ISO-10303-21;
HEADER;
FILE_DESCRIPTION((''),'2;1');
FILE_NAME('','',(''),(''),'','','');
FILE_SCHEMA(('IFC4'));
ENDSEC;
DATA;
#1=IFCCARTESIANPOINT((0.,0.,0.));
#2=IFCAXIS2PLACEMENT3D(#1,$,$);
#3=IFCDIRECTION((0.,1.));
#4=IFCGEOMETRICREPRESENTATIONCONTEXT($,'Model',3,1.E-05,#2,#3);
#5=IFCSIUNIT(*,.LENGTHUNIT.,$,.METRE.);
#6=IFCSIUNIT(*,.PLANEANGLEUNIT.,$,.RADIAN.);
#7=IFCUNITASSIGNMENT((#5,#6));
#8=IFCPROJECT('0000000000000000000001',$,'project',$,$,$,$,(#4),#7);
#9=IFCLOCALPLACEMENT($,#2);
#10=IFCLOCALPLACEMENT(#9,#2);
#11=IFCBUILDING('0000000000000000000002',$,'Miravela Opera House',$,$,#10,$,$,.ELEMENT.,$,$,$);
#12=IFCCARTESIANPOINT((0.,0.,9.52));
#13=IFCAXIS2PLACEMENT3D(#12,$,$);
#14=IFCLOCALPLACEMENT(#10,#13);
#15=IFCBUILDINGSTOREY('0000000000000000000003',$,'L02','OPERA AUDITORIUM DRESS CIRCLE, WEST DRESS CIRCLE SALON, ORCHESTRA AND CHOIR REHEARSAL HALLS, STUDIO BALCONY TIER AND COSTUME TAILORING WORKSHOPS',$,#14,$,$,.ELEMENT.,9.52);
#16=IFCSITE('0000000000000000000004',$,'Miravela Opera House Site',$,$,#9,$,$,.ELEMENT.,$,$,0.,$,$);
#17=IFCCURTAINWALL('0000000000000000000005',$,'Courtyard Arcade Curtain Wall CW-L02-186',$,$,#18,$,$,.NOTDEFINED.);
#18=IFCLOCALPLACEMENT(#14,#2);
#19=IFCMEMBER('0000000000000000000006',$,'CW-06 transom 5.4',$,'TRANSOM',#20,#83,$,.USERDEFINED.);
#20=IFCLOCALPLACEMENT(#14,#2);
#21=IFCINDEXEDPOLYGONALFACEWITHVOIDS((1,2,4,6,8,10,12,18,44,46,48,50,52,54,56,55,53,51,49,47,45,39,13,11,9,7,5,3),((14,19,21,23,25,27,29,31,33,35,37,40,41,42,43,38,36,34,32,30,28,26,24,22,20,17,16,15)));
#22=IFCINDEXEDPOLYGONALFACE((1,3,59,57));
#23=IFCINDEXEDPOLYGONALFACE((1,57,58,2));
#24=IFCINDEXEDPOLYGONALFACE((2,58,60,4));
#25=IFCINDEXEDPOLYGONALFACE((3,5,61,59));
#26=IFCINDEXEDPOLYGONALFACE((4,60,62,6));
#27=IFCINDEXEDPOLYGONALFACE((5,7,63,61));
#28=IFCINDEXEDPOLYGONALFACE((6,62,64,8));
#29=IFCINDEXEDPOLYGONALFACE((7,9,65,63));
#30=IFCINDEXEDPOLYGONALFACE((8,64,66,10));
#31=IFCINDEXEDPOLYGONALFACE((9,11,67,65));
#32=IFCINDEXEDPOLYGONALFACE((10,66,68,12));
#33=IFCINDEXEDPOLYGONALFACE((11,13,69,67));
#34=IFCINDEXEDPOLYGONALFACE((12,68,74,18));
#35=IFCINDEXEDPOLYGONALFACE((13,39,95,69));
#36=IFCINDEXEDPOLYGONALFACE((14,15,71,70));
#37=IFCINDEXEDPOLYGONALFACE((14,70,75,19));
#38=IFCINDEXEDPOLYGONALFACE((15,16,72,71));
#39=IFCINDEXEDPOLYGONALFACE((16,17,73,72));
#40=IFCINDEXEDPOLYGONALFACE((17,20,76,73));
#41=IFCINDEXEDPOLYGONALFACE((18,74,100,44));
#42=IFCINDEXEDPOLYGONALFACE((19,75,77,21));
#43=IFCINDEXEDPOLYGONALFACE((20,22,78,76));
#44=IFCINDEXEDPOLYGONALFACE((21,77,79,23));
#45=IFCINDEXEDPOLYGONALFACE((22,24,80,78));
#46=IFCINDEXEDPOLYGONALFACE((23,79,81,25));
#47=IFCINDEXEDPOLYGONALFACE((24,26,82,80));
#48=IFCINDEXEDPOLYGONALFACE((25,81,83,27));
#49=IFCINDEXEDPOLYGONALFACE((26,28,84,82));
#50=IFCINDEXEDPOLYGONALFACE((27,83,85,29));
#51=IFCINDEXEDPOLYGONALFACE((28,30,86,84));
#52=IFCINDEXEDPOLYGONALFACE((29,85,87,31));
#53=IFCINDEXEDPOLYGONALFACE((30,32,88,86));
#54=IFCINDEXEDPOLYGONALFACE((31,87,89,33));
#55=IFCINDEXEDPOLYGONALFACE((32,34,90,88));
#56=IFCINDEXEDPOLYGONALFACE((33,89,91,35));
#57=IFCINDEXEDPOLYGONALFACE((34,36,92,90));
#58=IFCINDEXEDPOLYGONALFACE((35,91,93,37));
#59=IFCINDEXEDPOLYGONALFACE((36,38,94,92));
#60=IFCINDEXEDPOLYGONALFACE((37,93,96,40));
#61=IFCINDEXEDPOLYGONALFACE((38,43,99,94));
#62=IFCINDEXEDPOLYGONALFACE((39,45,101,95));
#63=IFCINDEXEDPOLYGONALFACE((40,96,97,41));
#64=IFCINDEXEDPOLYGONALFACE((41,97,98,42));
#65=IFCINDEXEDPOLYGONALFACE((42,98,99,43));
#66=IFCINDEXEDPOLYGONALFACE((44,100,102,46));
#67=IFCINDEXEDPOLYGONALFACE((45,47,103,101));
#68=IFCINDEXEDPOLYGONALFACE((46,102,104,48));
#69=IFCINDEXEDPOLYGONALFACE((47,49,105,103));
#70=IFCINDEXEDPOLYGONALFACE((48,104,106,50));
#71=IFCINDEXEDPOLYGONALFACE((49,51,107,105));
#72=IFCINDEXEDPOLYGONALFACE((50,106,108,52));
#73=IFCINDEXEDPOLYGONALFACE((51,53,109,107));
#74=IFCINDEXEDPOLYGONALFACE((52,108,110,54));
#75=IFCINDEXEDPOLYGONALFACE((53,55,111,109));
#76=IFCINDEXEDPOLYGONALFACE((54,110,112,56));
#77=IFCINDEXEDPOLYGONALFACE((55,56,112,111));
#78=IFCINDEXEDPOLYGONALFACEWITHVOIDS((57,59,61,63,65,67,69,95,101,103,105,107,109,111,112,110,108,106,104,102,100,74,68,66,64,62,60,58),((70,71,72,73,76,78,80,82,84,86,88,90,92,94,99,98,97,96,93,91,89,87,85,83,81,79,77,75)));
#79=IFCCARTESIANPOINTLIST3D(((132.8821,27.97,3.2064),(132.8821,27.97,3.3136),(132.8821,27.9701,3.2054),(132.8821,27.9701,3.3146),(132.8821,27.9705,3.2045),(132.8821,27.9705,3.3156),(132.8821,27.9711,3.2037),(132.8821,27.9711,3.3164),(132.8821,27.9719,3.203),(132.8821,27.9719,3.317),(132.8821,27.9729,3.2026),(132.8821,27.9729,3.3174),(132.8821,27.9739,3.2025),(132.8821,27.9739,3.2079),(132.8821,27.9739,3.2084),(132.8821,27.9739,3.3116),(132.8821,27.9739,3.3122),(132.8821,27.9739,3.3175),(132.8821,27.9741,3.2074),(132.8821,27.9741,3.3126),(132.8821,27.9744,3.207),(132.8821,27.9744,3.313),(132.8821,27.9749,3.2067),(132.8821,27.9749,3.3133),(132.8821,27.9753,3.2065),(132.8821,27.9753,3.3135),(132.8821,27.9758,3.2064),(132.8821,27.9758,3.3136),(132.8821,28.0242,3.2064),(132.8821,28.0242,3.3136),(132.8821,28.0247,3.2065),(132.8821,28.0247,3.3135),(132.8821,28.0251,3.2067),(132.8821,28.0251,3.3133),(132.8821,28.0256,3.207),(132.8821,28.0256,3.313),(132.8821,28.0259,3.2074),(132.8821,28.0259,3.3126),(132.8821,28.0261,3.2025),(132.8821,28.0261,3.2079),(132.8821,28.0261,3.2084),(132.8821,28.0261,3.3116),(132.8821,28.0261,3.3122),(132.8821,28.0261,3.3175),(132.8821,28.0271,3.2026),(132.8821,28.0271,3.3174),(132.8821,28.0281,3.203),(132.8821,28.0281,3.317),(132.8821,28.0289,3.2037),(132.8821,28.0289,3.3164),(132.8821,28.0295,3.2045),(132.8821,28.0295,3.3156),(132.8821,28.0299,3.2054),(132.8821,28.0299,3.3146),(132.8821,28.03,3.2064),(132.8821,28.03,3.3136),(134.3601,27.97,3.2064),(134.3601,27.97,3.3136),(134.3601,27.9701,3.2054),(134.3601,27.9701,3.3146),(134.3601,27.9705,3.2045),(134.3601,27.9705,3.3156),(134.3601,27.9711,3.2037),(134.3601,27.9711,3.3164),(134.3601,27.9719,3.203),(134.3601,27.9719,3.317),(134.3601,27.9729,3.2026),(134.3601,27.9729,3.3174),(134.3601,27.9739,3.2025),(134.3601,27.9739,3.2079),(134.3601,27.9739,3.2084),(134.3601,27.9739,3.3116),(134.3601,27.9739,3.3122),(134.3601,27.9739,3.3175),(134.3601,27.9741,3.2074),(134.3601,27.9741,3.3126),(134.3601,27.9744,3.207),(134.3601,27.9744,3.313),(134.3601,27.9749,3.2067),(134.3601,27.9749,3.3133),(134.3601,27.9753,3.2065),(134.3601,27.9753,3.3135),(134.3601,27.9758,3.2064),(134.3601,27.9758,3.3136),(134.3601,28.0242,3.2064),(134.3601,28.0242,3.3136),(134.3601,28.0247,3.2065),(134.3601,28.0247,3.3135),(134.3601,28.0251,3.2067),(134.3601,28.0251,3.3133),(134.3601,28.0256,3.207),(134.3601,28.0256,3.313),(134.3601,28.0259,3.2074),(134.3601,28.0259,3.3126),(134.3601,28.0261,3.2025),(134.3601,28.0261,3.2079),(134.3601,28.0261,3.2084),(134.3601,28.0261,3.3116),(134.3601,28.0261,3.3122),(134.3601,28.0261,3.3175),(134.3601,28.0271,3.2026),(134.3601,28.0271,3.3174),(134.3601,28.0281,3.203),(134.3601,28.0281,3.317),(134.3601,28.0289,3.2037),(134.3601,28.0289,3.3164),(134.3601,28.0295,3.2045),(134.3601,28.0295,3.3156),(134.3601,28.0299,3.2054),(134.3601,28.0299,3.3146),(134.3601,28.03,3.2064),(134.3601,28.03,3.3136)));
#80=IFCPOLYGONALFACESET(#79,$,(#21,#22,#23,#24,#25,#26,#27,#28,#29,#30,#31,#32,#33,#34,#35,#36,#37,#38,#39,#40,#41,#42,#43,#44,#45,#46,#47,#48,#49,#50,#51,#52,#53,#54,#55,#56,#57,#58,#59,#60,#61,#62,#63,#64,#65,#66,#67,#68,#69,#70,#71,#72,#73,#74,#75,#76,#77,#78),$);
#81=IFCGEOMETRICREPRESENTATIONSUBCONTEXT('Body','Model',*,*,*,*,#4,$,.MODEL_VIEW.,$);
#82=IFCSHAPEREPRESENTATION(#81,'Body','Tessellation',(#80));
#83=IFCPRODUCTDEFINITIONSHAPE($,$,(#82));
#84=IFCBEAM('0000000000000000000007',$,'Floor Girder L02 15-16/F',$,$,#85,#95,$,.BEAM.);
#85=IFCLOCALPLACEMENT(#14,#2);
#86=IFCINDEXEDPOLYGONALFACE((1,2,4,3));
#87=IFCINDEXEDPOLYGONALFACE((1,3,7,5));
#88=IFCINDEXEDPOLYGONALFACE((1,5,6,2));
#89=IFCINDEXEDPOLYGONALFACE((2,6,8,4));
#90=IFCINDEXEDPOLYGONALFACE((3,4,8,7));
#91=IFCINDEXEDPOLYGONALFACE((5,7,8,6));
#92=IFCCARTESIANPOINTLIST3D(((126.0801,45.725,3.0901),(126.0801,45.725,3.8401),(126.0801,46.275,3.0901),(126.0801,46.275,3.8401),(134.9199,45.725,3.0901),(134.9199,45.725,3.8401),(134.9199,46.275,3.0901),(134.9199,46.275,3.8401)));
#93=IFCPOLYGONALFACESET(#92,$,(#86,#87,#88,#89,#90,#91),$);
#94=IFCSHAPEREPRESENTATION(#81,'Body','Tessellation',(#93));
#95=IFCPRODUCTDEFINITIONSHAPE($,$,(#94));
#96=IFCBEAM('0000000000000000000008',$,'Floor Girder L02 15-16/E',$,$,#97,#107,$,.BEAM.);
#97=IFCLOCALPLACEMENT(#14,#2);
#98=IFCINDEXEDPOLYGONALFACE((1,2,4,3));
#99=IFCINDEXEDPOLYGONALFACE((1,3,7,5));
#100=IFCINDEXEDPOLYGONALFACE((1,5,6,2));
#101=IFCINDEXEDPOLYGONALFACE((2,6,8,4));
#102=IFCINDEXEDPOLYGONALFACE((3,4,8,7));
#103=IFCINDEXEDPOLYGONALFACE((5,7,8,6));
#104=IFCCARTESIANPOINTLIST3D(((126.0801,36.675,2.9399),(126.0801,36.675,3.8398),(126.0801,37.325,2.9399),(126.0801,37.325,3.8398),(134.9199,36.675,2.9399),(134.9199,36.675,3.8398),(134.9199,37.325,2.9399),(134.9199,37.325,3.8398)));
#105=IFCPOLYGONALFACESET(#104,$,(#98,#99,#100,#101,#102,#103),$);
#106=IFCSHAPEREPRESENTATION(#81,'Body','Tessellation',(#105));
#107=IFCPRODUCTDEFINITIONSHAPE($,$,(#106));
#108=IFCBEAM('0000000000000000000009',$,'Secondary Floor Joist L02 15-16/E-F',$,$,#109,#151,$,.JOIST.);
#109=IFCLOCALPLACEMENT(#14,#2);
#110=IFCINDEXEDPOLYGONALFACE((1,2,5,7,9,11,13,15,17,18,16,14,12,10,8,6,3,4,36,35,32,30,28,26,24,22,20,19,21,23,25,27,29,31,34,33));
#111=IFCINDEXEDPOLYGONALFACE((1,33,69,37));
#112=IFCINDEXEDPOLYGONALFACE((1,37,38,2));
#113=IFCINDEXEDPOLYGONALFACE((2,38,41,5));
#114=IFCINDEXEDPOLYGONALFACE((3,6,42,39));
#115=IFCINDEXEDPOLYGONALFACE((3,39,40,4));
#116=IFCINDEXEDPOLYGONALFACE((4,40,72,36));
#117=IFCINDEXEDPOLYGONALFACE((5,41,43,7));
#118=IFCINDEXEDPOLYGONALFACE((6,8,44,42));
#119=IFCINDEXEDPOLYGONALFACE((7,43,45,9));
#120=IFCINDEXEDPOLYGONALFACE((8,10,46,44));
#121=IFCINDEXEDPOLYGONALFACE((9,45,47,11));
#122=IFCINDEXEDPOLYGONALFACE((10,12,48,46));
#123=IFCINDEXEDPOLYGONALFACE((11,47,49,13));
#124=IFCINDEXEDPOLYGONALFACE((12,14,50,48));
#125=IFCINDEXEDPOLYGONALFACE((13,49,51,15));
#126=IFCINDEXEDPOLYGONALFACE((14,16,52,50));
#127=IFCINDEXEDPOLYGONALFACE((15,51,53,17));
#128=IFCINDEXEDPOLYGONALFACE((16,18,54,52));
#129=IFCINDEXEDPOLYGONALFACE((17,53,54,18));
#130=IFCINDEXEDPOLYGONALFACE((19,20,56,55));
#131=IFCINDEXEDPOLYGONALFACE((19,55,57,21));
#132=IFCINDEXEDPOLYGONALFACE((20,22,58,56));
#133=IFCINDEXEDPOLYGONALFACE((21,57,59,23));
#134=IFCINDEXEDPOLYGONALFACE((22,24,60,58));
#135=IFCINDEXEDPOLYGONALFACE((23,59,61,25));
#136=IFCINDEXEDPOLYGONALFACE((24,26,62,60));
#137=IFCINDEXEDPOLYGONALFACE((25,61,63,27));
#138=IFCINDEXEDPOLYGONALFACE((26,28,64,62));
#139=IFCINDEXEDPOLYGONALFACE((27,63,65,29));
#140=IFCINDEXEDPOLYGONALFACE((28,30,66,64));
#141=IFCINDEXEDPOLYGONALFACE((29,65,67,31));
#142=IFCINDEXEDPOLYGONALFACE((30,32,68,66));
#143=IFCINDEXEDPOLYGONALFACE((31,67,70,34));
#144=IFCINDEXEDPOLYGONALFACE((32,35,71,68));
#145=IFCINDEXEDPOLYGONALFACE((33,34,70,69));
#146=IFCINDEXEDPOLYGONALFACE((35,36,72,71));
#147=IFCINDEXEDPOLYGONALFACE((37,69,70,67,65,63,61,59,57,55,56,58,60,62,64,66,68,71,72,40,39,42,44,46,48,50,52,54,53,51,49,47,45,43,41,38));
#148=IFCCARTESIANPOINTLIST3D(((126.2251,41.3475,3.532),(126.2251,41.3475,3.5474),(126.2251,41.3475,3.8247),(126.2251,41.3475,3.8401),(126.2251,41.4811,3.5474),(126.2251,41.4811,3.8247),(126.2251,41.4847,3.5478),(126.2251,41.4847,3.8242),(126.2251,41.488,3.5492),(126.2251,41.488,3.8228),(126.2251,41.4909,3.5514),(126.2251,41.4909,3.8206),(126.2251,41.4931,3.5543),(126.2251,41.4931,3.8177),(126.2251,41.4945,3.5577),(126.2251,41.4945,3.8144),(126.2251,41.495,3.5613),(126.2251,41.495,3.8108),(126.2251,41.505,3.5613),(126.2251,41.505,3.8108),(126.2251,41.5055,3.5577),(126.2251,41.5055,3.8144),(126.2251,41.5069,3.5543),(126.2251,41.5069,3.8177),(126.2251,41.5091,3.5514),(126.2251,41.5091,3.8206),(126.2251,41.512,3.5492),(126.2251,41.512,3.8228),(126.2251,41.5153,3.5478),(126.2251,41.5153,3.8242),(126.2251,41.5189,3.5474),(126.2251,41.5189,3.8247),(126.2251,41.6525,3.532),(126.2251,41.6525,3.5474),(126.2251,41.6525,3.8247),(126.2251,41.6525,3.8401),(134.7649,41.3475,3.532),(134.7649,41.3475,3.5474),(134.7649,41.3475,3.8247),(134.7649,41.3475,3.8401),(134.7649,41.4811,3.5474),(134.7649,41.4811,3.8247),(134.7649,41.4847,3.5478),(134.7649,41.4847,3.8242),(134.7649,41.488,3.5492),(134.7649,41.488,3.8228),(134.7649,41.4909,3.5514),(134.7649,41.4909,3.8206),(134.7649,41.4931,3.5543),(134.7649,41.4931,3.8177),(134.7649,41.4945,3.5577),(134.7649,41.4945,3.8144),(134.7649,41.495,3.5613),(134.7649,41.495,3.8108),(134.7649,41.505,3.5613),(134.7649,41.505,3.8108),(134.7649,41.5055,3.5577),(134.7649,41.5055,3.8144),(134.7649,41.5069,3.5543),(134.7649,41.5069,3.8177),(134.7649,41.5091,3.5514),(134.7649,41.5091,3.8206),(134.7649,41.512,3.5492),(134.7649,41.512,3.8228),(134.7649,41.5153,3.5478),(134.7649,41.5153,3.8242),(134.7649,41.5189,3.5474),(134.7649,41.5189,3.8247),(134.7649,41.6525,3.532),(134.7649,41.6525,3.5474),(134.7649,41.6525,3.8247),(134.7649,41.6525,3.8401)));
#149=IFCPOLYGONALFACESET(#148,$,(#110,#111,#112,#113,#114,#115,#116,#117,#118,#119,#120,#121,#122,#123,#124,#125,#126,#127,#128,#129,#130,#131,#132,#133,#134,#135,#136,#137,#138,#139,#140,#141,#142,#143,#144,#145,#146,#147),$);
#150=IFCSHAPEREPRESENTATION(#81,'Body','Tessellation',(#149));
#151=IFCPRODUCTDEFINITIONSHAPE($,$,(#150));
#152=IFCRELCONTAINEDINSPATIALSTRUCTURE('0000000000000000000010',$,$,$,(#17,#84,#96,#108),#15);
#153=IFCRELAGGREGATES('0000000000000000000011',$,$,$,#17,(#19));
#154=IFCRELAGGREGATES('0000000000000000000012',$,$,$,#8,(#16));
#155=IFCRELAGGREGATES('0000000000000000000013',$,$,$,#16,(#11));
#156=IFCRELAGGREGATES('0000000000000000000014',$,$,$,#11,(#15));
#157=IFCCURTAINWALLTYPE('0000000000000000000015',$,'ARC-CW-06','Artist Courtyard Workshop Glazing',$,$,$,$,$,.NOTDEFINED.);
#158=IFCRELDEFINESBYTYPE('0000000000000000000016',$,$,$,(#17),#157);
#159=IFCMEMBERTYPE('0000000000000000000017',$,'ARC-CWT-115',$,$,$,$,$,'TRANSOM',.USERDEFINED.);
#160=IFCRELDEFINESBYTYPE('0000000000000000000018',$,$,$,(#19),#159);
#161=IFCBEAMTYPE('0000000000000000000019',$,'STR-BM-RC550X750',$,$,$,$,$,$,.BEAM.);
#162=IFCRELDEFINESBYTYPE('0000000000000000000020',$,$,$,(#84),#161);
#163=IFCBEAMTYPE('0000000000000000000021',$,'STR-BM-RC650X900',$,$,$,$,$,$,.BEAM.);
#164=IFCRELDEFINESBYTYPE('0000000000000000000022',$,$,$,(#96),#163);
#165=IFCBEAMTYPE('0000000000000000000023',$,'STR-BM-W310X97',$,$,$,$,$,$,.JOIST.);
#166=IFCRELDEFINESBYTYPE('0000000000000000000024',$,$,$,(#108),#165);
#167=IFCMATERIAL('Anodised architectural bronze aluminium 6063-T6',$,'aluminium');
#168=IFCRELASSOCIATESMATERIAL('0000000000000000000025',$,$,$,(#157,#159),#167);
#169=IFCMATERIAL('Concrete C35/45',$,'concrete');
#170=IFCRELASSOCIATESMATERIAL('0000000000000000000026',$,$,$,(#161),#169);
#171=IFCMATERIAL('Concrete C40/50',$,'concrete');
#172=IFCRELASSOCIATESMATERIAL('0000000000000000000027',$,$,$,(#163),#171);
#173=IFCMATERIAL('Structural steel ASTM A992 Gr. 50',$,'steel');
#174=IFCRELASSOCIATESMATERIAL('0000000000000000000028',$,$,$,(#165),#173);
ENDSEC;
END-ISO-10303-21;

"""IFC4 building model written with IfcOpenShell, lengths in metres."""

from ifc_helpers import new_model, si_unit, direction, frame, origin, origin_2d, place, context, subcontext, project, spatial, rectangle, hollow_rectangle, i_section, extrude, material, material_profile, profile_set, type_object, element, aggregate, save


model = new_model("IFC4")

# Units and contexts
model_context = context("Model", 3, precision=1e-05, world=origin(), true_north=direction((0.0, 1.0)))
body_context = subcontext(model_context, "Body", "Model", "MODEL_VIEW")
ifc_project = project(units=[si_unit("LENGTHUNIT", "METRE"), si_unit("PLANEANGLEUNIT", "RADIAN")], contexts=[model_context])

# Site, building, storey
site_placement = place(None, origin())
site = spatial("IfcSite", under=ifc_project, at=site_placement, Name="Miravela Opera House Site", CompositionType="ELEMENT", RefElevation=0.0)
building_placement = place(site_placement, origin())
building = spatial("IfcBuilding", under=site, at=building_placement, Name="Miravela Opera House", CompositionType="ELEMENT")
storey_placement = place(building_placement, frame((0.0, 0.0, 9.52)))
storey = spatial("IfcBuildingStorey", under=building, at=storey_placement, Name="L02", Description="OPERA AUDITORIUM DRESS CIRCLE, WEST DRESS CIRCLE SALON, ORCHESTRA AND CHOIR REHEARSAL HALLS, STUDIO BALCONY TIER AND COSTUME TAILORING WORKSHOPS", CompositionType="ELEMENT", Elevation=9.52)

# Shared definitions
ifc_material_1 = material(Name="Concrete C35/45", Category="concrete")

# Curtain wall, member
ifc_material_2 = material(Name="Anodised architectural bronze aluminium 6063-T6", Category="aluminium")
curtain_wall_type = type_object("IfcCurtainWallType", Name="ARC-CW-06", Description="Artist Courtyard Workshop Glazing", PredefinedType="NOTDEFINED", material=ifc_material_2)
curtain_wall_placement = place(storey_placement, origin())
curtain_wall = element("IfcCurtainWall", 1, at=curtain_wall_placement, inside=storey, type_object=curtain_wall_type, Name="Courtyard Arcade Curtain Wall CW-L02-186", PredefinedType="NOTDEFINED")
ifc_material_profile_1 = material_profile(ifc_material_2, hollow_rectangle(XDim=0.0601, YDim=0.115, WallThickness=0.0039, InnerFilletRadius=0.002, OuterFilletRadius=0.0039, at=origin_2d()), Name="CWT-60X115")
ifc_profile_set_1 = profile_set([ifc_material_profile_1])
member_type_1 = type_object("IfcMemberType", Name="ARC-CWT-115", ElementType="TRANSOM", PredefinedType="USERDEFINED", material=ifc_profile_set_1)
member_1_placement = place(storey_placement, frame((132.8821, 28.0, 3.26), z_axis=(1.0, 0.0, 0.0), x_axis=(0.0, 1.0, 0.0)))
member_1 = element("IfcMember", 2, at=member_1_placement, type_object=member_type_1, Name="CW-06 transom 5.4", ObjectType="TRANSOM", PredefinedType="USERDEFINED", context=body_context, shape_type="SweptSolid", body=[
    extrude(hollow_rectangle(XDim=0.0601, YDim=0.115, WallThickness=0.0039, InnerFilletRadius=0.002, OuterFilletRadius=0.0039, at=origin_2d()), origin(), (0.0, 0.0, 1.0), 1.478),
])

# Beams
ifc_material_profile_2 = material_profile(ifc_material_1, rectangle(XDim=0.55, YDim=0.75, at=origin_2d()), Name="RC-BM-550X750")
ifc_profile_set_2 = profile_set([ifc_material_profile_2])
beam_type_1 = type_object("IfcBeamType", Name="STR-BM-RC550X750", PredefinedType="BEAM", material=ifc_profile_set_2)
beam_1_placement = place(storey_placement, frame((126.0801, 46.0, 3.4651), z_axis=(1.0, 0.0, 0.0), x_axis=(0.0, 1.0, 0.0)))
element("IfcBeam", 3, at=beam_1_placement, inside=storey, type_object=beam_type_1, Name="Floor Girder L02 15-16/F", PredefinedType="BEAM", context=body_context, shape_type="SweptSolid", body=[
    extrude(rectangle(XDim=0.55, YDim=0.75, at=origin_2d()), origin(), (0.0, 0.0, 1.0), 8.8398),
])
ifc_material_3 = material(Name="Concrete C40/50", Category="concrete")
ifc_material_profile_3 = material_profile(ifc_material_3, rectangle(XDim=0.6499, YDim=0.8999, at=origin_2d()), Name="RC-BM-650X900")
ifc_profile_set_3 = profile_set([ifc_material_profile_3])
beam_type_2 = type_object("IfcBeamType", Name="STR-BM-RC650X900", PredefinedType="BEAM", material=ifc_profile_set_3)
beam_2_placement = place(storey_placement, frame((126.0801, 37.0, 3.3899), z_axis=(1.0, 0.0, 0.0), x_axis=(0.0, 1.0, 0.0)))
element("IfcBeam", 4, at=beam_2_placement, inside=storey, type_object=beam_type_2, Name="Floor Girder L02 15-16/E", PredefinedType="BEAM", context=body_context, shape_type="SweptSolid", body=[
    extrude(rectangle(XDim=0.6499, YDim=0.8999, at=origin_2d()), origin(), (0.0, 0.0, 1.0), 8.8398),
])
ifc_material_4 = material(Name="Structural steel ASTM A992 Gr. 50", Category="steel")
ifc_material_profile_4 = material_profile(ifc_material_4, i_section(OverallWidth=0.3049, OverallDepth=0.3081, WebThickness=0.01, FlangeThickness=0.0154, FilletRadius=0.0139, at=origin_2d()), Name="W310X97")
ifc_profile_set_4 = profile_set([ifc_material_profile_4])
beam_type_3 = type_object("IfcBeamType", Name="STR-BM-W310X97", PredefinedType="JOIST", material=ifc_profile_set_4)
beam_3_placement = place(storey_placement, frame((126.2251, 41.5, 3.686), z_axis=(1.0, 0.0, 0.0), x_axis=(0.0, 1.0, 0.0)))
element("IfcBeam", 5, at=beam_3_placement, inside=storey, type_object=beam_type_3, Name="Secondary Floor Joist L02 15-16/E-F", PredefinedType="JOIST", context=body_context, shape_type="SweptSolid", body=[
    extrude(i_section(OverallWidth=0.3049, OverallDepth=0.3081, WebThickness=0.01, FlangeThickness=0.0154, FilletRadius=0.0139, at=origin_2d()), origin(), (0.0, 0.0, 1.0), 8.5398),
])

aggregate(curtain_wall, [member_1])

save(model, "model.ifc")
